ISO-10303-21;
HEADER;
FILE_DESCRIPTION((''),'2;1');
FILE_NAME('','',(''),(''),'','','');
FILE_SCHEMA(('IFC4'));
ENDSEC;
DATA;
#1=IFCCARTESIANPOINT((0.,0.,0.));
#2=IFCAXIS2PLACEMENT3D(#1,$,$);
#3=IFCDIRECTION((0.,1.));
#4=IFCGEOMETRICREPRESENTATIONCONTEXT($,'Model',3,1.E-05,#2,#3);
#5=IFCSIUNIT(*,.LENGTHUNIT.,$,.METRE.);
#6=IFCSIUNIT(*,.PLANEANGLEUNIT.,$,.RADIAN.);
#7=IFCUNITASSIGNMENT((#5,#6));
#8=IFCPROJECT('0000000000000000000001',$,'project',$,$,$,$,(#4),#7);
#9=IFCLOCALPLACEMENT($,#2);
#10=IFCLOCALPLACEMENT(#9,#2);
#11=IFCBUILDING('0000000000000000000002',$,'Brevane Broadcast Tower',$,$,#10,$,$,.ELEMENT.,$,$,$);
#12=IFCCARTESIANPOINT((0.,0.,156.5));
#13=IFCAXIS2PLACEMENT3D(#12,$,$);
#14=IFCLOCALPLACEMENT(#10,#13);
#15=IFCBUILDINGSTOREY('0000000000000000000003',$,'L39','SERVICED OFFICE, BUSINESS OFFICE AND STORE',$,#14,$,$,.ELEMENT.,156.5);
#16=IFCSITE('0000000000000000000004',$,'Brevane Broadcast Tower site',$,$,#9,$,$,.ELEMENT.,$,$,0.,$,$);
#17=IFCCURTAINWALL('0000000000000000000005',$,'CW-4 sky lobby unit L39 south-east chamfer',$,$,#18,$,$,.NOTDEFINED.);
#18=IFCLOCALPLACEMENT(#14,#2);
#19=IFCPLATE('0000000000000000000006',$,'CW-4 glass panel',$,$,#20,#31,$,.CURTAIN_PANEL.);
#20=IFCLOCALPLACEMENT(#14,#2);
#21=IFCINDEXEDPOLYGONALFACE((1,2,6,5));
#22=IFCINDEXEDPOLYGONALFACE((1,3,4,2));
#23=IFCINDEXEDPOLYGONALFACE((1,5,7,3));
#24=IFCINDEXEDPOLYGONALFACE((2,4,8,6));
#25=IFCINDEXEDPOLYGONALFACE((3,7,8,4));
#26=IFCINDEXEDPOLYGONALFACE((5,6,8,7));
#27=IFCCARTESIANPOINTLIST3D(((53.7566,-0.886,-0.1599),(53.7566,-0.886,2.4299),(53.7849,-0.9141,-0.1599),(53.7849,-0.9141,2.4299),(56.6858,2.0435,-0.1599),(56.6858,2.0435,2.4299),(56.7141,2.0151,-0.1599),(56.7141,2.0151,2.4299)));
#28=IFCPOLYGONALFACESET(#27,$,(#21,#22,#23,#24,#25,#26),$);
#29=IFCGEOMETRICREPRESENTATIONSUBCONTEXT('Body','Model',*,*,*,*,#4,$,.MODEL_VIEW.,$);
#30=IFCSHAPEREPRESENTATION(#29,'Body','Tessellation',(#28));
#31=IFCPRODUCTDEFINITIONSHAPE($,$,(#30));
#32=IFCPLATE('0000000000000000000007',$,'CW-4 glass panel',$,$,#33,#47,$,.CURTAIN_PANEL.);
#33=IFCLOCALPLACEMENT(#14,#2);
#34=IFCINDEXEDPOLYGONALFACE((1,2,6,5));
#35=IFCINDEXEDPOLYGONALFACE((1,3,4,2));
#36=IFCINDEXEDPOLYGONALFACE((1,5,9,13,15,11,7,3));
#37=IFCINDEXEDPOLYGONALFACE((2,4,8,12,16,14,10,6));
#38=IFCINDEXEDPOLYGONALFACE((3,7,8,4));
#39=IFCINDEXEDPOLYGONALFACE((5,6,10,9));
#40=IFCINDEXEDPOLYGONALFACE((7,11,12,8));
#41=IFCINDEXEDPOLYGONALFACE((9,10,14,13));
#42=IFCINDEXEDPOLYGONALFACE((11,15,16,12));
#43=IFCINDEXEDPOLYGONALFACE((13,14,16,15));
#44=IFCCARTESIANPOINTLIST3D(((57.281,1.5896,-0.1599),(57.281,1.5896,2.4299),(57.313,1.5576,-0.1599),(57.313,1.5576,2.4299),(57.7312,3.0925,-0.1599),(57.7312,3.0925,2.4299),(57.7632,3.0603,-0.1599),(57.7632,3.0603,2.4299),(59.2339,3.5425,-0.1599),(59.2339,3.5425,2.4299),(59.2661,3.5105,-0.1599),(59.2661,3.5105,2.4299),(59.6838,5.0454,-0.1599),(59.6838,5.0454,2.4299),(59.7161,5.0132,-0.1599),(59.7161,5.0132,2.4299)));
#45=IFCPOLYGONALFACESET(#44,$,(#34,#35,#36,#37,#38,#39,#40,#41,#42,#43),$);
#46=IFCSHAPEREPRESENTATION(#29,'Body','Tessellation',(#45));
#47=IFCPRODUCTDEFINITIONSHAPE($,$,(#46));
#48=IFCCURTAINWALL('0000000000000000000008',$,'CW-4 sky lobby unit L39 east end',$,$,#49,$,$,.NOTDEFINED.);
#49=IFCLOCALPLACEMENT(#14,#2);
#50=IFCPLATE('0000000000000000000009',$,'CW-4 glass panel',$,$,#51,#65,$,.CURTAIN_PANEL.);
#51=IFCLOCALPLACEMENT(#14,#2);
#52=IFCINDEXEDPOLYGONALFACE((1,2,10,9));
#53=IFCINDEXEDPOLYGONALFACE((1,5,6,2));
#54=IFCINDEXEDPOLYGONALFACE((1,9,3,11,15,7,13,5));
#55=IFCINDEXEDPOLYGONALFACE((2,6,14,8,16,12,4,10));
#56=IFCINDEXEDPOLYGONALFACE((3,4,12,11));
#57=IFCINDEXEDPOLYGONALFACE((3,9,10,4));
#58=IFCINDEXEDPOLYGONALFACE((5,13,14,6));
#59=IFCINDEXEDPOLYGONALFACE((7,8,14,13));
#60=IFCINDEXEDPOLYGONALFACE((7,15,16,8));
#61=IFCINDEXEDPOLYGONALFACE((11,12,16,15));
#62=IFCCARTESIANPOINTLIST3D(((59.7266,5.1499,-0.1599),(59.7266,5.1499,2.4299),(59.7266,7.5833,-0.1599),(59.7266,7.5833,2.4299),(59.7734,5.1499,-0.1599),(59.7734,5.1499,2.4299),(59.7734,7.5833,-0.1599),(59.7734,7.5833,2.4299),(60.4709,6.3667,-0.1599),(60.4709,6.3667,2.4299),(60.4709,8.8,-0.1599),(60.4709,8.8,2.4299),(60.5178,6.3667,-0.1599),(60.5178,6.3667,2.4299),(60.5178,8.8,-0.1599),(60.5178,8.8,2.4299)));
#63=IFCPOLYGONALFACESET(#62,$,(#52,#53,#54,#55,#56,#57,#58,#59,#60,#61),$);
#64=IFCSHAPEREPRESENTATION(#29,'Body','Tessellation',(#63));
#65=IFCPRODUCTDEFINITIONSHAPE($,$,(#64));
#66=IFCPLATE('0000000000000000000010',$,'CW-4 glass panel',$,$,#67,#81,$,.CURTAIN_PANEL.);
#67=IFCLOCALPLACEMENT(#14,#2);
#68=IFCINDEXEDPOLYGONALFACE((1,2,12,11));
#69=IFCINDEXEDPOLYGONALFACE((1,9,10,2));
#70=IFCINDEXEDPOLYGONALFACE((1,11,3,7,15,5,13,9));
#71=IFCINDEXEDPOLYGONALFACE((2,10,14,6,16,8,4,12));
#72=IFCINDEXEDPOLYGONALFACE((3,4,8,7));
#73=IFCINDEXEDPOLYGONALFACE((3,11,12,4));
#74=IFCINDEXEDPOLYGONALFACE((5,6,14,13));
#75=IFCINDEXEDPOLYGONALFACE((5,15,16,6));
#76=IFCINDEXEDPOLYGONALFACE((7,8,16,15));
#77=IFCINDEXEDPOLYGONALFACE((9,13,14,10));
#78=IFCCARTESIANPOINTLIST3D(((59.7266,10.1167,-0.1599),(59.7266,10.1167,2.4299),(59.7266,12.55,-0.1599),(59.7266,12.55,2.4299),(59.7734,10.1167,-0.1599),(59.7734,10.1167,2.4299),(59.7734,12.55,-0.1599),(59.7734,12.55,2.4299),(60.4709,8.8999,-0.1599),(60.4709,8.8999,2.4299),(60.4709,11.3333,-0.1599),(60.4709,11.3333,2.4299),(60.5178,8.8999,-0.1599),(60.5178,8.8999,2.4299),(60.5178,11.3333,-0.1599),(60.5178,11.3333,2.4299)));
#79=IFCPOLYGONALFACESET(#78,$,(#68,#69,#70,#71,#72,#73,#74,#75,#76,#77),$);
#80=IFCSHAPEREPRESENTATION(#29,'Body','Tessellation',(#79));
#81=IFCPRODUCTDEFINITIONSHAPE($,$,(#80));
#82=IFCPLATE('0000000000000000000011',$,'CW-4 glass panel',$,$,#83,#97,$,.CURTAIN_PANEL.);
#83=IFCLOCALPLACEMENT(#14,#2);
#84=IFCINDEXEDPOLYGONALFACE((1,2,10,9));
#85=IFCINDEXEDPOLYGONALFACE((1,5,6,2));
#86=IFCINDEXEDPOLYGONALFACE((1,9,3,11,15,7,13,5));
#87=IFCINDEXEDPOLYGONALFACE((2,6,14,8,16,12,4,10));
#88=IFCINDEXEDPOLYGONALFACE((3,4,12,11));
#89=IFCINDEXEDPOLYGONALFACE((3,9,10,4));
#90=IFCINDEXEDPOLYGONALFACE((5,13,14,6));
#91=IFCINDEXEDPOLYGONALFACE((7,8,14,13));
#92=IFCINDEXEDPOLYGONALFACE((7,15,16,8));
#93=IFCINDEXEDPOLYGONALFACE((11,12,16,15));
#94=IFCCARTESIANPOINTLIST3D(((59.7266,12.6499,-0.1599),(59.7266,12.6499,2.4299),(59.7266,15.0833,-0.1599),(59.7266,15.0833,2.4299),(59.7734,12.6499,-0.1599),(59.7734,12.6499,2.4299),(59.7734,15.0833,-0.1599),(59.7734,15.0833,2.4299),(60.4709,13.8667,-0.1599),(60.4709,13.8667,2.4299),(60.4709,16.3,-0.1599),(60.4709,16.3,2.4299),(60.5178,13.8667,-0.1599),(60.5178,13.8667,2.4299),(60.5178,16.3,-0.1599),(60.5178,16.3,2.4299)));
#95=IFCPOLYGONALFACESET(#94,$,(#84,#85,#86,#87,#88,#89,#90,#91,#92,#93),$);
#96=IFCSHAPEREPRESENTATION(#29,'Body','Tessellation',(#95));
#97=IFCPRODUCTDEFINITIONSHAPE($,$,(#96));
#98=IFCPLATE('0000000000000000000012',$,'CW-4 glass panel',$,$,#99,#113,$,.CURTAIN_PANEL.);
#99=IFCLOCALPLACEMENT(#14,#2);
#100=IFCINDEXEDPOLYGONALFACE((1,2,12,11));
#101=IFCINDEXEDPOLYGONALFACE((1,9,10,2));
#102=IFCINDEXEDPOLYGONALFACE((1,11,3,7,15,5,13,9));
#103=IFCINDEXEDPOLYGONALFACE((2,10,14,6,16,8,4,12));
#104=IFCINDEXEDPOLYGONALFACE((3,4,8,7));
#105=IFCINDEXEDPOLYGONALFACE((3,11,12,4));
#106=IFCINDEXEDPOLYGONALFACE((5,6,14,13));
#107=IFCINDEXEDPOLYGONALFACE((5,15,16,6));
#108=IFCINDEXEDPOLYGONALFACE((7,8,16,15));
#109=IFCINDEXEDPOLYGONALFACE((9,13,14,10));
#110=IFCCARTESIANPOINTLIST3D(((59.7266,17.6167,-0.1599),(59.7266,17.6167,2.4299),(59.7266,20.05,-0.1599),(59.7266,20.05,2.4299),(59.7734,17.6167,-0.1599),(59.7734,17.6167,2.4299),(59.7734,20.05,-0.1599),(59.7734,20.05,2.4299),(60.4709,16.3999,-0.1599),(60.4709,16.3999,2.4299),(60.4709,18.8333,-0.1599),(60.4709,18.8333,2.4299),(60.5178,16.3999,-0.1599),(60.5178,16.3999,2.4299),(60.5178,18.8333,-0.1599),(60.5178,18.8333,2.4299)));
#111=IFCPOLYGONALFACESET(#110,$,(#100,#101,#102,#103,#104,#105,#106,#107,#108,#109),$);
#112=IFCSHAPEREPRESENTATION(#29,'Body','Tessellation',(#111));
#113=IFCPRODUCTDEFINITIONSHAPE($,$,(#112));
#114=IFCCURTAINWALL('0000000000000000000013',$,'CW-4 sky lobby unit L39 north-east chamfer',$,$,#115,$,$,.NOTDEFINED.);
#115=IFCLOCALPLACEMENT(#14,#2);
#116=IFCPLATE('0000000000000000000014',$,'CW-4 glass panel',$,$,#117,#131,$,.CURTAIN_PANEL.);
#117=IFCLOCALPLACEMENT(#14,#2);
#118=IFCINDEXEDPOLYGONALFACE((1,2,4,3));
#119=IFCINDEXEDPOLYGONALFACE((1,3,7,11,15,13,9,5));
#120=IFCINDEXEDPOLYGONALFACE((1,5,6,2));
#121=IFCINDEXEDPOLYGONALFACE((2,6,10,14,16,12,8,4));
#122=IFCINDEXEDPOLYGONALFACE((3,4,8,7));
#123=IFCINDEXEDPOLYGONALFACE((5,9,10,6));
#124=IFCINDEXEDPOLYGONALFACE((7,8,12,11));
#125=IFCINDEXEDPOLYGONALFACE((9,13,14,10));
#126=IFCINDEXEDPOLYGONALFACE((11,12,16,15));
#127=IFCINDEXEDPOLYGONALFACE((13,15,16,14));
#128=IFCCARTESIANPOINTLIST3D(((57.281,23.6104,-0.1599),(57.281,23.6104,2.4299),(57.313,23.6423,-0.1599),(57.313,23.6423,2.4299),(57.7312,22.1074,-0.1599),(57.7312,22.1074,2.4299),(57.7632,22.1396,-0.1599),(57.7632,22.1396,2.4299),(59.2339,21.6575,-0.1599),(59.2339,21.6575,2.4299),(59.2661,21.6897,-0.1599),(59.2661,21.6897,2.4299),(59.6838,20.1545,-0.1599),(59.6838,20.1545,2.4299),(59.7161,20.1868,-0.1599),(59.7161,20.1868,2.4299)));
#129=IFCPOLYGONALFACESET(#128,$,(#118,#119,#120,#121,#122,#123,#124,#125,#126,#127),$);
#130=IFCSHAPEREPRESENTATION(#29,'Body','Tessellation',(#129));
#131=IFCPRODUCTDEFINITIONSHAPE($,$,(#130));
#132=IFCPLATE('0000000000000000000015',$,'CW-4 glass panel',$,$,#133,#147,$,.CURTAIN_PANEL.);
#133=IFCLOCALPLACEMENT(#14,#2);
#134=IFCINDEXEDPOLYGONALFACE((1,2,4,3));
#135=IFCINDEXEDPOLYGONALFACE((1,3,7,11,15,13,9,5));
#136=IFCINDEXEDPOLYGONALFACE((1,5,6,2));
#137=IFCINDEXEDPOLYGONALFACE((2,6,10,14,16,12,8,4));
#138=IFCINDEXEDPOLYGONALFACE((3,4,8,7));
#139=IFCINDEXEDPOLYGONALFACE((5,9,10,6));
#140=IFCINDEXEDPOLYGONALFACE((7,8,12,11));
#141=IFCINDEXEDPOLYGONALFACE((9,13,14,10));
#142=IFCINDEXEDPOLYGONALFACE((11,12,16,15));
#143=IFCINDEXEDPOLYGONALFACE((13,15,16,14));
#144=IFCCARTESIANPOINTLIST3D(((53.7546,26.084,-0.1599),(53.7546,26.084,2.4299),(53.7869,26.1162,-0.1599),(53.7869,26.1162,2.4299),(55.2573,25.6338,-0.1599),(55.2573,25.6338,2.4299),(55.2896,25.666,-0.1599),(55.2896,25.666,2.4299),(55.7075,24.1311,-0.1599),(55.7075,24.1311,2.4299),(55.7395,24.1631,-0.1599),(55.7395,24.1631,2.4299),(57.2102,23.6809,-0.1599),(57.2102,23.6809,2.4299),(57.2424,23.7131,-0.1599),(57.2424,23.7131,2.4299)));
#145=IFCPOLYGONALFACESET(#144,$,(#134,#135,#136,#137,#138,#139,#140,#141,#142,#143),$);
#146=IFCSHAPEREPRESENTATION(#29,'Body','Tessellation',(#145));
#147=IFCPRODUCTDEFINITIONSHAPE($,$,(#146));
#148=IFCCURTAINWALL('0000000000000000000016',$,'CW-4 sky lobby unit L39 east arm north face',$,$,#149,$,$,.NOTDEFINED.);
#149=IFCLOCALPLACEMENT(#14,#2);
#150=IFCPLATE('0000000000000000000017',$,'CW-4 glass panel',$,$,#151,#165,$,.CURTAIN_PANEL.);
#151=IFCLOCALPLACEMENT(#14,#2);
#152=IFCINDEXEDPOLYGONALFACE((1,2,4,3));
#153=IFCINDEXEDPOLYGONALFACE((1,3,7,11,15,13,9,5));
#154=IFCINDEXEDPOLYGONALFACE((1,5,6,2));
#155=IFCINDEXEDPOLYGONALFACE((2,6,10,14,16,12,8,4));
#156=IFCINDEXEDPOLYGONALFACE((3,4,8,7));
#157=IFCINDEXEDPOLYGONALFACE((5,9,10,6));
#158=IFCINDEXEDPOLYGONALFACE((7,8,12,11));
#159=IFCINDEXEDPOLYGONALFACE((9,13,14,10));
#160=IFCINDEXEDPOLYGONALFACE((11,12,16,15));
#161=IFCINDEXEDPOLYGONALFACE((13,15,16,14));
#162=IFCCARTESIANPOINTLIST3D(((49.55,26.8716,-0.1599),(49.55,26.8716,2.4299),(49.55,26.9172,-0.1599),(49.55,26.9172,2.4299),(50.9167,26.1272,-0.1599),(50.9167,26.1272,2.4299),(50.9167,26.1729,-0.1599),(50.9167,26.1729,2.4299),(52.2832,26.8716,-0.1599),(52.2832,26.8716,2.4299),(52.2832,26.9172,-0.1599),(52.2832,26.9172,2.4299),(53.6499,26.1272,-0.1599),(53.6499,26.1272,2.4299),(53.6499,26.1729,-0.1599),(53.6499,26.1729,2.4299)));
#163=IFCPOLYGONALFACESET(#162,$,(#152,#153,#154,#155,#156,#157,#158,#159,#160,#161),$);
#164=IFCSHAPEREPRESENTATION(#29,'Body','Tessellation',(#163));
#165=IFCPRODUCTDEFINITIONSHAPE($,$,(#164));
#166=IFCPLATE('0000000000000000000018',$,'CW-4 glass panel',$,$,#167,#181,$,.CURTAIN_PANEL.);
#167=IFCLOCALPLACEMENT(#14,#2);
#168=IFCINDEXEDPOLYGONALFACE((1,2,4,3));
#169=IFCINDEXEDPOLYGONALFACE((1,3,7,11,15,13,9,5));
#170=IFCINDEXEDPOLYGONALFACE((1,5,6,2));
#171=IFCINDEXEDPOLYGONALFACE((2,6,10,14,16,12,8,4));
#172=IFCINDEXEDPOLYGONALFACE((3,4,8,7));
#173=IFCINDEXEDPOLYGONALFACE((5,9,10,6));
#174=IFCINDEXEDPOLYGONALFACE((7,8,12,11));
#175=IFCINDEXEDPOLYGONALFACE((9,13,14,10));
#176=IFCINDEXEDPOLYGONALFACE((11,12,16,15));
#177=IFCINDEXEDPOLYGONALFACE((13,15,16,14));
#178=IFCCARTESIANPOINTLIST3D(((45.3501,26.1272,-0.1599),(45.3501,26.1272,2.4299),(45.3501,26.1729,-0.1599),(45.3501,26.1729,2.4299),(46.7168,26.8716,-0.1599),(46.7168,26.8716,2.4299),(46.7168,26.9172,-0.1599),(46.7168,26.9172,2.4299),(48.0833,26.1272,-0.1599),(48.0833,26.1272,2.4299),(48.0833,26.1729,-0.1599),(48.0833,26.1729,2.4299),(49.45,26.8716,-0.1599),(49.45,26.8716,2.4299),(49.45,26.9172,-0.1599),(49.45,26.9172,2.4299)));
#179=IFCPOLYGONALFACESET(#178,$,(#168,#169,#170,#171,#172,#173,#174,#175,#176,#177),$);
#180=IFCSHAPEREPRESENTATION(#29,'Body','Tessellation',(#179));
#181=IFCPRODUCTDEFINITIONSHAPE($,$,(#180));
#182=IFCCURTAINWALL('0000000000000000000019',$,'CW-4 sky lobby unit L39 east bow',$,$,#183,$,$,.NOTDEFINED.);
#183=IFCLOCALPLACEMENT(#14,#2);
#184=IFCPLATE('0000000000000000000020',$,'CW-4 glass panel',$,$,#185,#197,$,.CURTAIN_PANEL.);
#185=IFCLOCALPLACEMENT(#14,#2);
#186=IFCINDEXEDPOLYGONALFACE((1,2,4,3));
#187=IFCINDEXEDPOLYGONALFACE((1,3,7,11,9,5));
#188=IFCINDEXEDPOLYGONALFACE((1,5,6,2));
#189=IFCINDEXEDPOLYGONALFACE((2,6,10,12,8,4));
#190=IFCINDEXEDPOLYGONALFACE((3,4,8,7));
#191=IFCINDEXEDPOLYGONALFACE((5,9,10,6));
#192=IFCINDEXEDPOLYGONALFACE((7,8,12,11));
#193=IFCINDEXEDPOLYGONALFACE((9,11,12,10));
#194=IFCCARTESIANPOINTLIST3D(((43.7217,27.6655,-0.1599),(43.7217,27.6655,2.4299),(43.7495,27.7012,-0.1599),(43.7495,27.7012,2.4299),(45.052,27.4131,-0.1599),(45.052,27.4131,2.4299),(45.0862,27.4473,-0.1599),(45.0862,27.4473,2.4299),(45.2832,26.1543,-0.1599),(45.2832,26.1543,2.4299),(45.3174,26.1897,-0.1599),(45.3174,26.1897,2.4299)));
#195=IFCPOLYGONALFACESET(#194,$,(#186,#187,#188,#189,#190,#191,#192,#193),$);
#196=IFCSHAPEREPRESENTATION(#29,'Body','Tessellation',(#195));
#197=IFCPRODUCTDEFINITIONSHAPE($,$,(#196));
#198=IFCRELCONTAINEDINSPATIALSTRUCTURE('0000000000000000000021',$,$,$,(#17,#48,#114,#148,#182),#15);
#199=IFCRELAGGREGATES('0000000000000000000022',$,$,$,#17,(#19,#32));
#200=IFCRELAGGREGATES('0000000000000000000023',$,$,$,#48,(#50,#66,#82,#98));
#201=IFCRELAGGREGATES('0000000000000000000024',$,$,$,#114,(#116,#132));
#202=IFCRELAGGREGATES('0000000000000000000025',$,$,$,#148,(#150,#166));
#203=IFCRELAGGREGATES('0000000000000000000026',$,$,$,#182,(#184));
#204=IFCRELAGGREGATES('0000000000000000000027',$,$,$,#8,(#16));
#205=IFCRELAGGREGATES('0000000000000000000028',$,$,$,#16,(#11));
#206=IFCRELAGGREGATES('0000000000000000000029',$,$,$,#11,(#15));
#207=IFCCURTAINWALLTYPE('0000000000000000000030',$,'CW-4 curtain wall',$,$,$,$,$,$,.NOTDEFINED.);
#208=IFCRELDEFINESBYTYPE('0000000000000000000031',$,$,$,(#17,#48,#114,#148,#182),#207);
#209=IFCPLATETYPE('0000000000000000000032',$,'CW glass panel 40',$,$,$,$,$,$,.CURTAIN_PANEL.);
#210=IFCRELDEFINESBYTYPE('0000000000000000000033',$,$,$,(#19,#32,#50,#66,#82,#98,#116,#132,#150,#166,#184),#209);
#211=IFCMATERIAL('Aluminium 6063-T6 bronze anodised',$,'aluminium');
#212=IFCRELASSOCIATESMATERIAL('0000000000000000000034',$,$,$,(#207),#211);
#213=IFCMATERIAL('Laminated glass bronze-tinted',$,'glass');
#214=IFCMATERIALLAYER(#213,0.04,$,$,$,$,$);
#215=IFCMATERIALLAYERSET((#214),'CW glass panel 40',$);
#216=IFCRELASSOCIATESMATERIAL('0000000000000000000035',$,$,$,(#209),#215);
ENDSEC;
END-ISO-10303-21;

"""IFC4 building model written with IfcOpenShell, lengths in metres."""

from ifc_helpers import new_model, si_unit, direction, frame, origin, place, context, subcontext, project, spatial, polyline, outline, extrude, material, layer, layer_set, type_object, element, aggregate, save


model = new_model("IFC4")

# Units and contexts
model_context = context("Model", 3, precision=1e-05, world=origin(), true_north=direction((0.0, 1.0)))
body_context = subcontext(model_context, "Body", "Model", "MODEL_VIEW")
ifc_project = project(units=[si_unit("LENGTHUNIT", "METRE"), si_unit("PLANEANGLEUNIT", "RADIAN")], contexts=[model_context])

# Site, building, storey
site_placement = place(None, origin())
site = spatial("IfcSite", under=ifc_project, at=site_placement, Name="Brevane Broadcast Tower site", CompositionType="ELEMENT", RefElevation=0.0)
building_placement = place(site_placement, origin())
building = spatial("IfcBuilding", under=site, at=building_placement, Name="Brevane Broadcast Tower", CompositionType="ELEMENT")
storey_placement = place(building_placement, frame((0.0, 0.0, 156.5)))
storey = spatial("IfcBuildingStorey", under=building, at=storey_placement, Name="L39", Description="SERVICED OFFICE, BUSINESS OFFICE AND STORE", CompositionType="ELEMENT", Elevation=156.5)

# Curtain walls, plates
ifc_material_1 = material(Name="Aluminium 6063-T6 bronze anodised", Category="aluminium")
curtain_wall_type = type_object("IfcCurtainWallType", Name="CW-4 curtain wall", PredefinedType="NOTDEFINED", material=ifc_material_1)
ifc_material_2 = material(Name="Laminated glass bronze-tinted", Category="glass")
ifc_layer = layer(ifc_material_2, 0.04)
ifc_layer_set = layer_set([ifc_layer], Name="CW glass panel 40")
plate_type = type_object("IfcPlateType", Name="CW glass panel 40", PredefinedType="CURTAIN_PANEL", material=ifc_layer_set)
curtain_wall_1_placement = place(storey_placement, origin())
curtain_wall_1 = element("IfcCurtainWall", 1, at=curtain_wall_1_placement, inside=storey, type_object=curtain_wall_type, Name="CW-4 sky lobby unit L39 south-east chamfer", PredefinedType="NOTDEFINED")
plate_1_placement = place(storey_placement, frame((0.0, 0.0, -0.1599)))
plate_1 = element("IfcPlate", 2, at=plate_1_placement, type_object=plate_type, Name="CW-4 glass panel", PredefinedType="CURTAIN_PANEL", context=body_context, shape_type="SweptSolid", body=[
    extrude(outline(polyline([(53.7566, -0.886), (56.6858, 2.0435), (56.7141, 2.0151), (53.7849, -0.9141), (53.7566, -0.886)])), origin(), (0.0, 0.0, 1.0), 2.5898),
])
plate_2_placement = place(storey_placement, frame((0.0, 0.0, -0.1599)))
plate_2 = element("IfcPlate", 3, at=plate_2_placement, type_object=plate_type, Name="CW-4 glass panel", PredefinedType="CURTAIN_PANEL", context=body_context, shape_type="SweptSolid", body=[
    extrude(outline(polyline([(57.281, 1.5896), (57.313, 1.5576), (57.7632, 3.0603), (59.2661, 3.5105), (59.7161, 5.0132), (59.6838, 5.0454), (59.2339, 3.5425), (57.7312, 3.0925), (57.281, 1.5896)])), origin(), (0.0, 0.0, 1.0), 2.5898),
])
aggregate(curtain_wall_1, [plate_1, plate_2])
curtain_wall_2_placement = place(storey_placement, origin())
curtain_wall_2 = element("IfcCurtainWall", 4, at=curtain_wall_2_placement, inside=storey, type_object=curtain_wall_type, Name="CW-4 sky lobby unit L39 east end", PredefinedType="NOTDEFINED")
plate_3_placement = place(storey_placement, frame((0.0, 0.0, -0.1599)))
plate_3 = element("IfcPlate", 5, at=plate_3_placement, type_object=plate_type, Name="CW-4 glass panel", PredefinedType="CURTAIN_PANEL", context=body_context, shape_type="SweptSolid", body=[
    extrude(outline(polyline([(59.7266, 5.1499), (59.7734, 5.1499), (60.5178, 6.3667), (59.7734, 7.5833), (60.5178, 8.8), (60.4709, 8.8), (59.7266, 7.5833), (60.4709, 6.3667), (59.7266, 5.1499)])), origin(), (0.0, 0.0, 1.0), 2.5898),
])
plate_4_placement = place(storey_placement, frame((0.0, 0.0, -0.1599)))
plate_4 = element("IfcPlate", 6, at=plate_4_placement, type_object=plate_type, Name="CW-4 glass panel", PredefinedType="CURTAIN_PANEL", context=body_context, shape_type="SweptSolid", body=[
    extrude(outline(polyline([(60.4709, 8.8999), (60.5178, 8.8999), (59.7734, 10.1167), (60.5178, 11.3333), (59.7734, 12.55), (59.7266, 12.55), (60.4709, 11.3333), (59.7266, 10.1167), (60.4709, 8.8999)])), origin(), (0.0, 0.0, 1.0), 2.5898),
])
plate_5_placement = place(storey_placement, frame((0.0, 0.0, -0.1599)))
plate_5 = element("IfcPlate", 7, at=plate_5_placement, type_object=plate_type, Name="CW-4 glass panel", PredefinedType="CURTAIN_PANEL", context=body_context, shape_type="SweptSolid", body=[
    extrude(outline(polyline([(59.7266, 12.6499), (59.7734, 12.6499), (60.5178, 13.8667), (59.7734, 15.0833), (60.5178, 16.3), (60.4709, 16.3), (59.7266, 15.0833), (60.4709, 13.8667), (59.7266, 12.6499)])), origin(), (0.0, 0.0, 1.0), 2.5898),
])
plate_6_placement = place(storey_placement, frame((0.0, 0.0, -0.1599)))
plate_6 = element("IfcPlate", 8, at=plate_6_placement, type_object=plate_type, Name="CW-4 glass panel", PredefinedType="CURTAIN_PANEL", context=body_context, shape_type="SweptSolid", body=[
    extrude(outline(polyline([(60.4709, 16.3999), (60.5178, 16.3999), (59.7734, 17.6167), (60.5178, 18.8333), (59.7734, 20.05), (59.7266, 20.05), (60.4709, 18.8333), (59.7266, 17.6167), (60.4709, 16.3999)])), origin(), (0.0, 0.0, 1.0), 2.5898),
])
aggregate(curtain_wall_2, [plate_3, plate_4, plate_5, plate_6])
curtain_wall_3_placement = place(storey_placement, origin())
curtain_wall_3 = element("IfcCurtainWall", 9, at=curtain_wall_3_placement, inside=storey, type_object=curtain_wall_type, Name="CW-4 sky lobby unit L39 north-east chamfer", PredefinedType="NOTDEFINED")
plate_7_placement = place(storey_placement, frame((0.0, 0.0, -0.1599)))
plate_7 = element("IfcPlate", 10, at=plate_7_placement, type_object=plate_type, Name="CW-4 glass panel", PredefinedType="CURTAIN_PANEL", context=body_context, shape_type="SweptSolid", body=[
    extrude(outline(polyline([(59.6838, 20.1545), (59.7161, 20.1868), (59.2661, 21.6897), (57.7632, 22.1396), (57.313, 23.6423), (57.281, 23.6104), (57.7312, 22.1074), (59.2339, 21.6575), (59.6838, 20.1545)])), origin(), (0.0, 0.0, 1.0), 2.5898),
])
plate_8_placement = place(storey_placement, frame((0.0, 0.0, -0.1599)))
plate_8 = element("IfcPlate", 11, at=plate_8_placement, type_object=plate_type, Name="CW-4 glass panel", PredefinedType="CURTAIN_PANEL", context=body_context, shape_type="SweptSolid", body=[
    extrude(outline(polyline([(57.2102, 23.6809), (57.2424, 23.7131), (55.7395, 24.1631), (55.2896, 25.666), (53.7869, 26.1162), (53.7546, 26.084), (55.2573, 25.6338), (55.7075, 24.1311), (57.2102, 23.6809)])), origin(), (0.0, 0.0, 1.0), 2.5898),
])
aggregate(curtain_wall_3, [plate_7, plate_8])
curtain_wall_4_placement = place(storey_placement, origin())
curtain_wall_4 = element("IfcCurtainWall", 12, at=curtain_wall_4_placement, inside=storey, type_object=curtain_wall_type, Name="CW-4 sky lobby unit L39 east arm north face", PredefinedType="NOTDEFINED")
plate_9_placement = place(storey_placement, frame((0.0, 0.0, -0.1599)))
plate_9 = element("IfcPlate", 13, at=plate_9_placement, type_object=plate_type, Name="CW-4 glass panel", PredefinedType="CURTAIN_PANEL", context=body_context, shape_type="SweptSolid", body=[
    extrude(outline(polyline([(53.6499, 26.1272), (53.6499, 26.1729), (52.2832, 26.9172), (50.9167, 26.1729), (49.55, 26.9172), (49.55, 26.8716), (50.9167, 26.1272), (52.2832, 26.8716), (53.6499, 26.1272)])), origin(), (0.0, 0.0, 1.0), 2.5898),
])
plate_10_placement = place(storey_placement, frame((0.0, 0.0, -0.1599)))
plate_10 = element("IfcPlate", 14, at=plate_10_placement, type_object=plate_type, Name="CW-4 glass panel", PredefinedType="CURTAIN_PANEL", context=body_context, shape_type="SweptSolid", body=[
    extrude(outline(polyline([(49.45, 26.8716), (49.45, 26.9172), (48.0833, 26.1729), (46.7168, 26.9172), (45.3501, 26.1729), (45.3501, 26.1272), (46.7168, 26.8716), (48.0833, 26.1272), (49.45, 26.8716)])), origin(), (0.0, 0.0, 1.0), 2.5898),
])
aggregate(curtain_wall_4, [plate_9, plate_10])
curtain_wall_5_placement = place(storey_placement, origin())
curtain_wall_5 = element("IfcCurtainWall", 15, at=curtain_wall_5_placement, inside=storey, type_object=curtain_wall_type, Name="CW-4 sky lobby unit L39 east bow", PredefinedType="NOTDEFINED")
plate_11_placement = place(storey_placement, frame((0.0, 0.0, -0.1599)))
plate_11 = element("IfcPlate", 16, at=plate_11_placement, type_object=plate_type, Name="CW-4 glass panel", PredefinedType="CURTAIN_PANEL", context=body_context, shape_type="SweptSolid", body=[
    extrude(outline(polyline([(45.2832, 26.1543), (45.3174, 26.1897), (45.0862, 27.4473), (43.7495, 27.7012), (43.7217, 27.6655), (45.052, 27.4131), (45.2832, 26.1543)])), origin(), (0.0, 0.0, 1.0), 2.5898),
])
aggregate(curtain_wall_5, [plate_11])

save(model, "model.ifc")
